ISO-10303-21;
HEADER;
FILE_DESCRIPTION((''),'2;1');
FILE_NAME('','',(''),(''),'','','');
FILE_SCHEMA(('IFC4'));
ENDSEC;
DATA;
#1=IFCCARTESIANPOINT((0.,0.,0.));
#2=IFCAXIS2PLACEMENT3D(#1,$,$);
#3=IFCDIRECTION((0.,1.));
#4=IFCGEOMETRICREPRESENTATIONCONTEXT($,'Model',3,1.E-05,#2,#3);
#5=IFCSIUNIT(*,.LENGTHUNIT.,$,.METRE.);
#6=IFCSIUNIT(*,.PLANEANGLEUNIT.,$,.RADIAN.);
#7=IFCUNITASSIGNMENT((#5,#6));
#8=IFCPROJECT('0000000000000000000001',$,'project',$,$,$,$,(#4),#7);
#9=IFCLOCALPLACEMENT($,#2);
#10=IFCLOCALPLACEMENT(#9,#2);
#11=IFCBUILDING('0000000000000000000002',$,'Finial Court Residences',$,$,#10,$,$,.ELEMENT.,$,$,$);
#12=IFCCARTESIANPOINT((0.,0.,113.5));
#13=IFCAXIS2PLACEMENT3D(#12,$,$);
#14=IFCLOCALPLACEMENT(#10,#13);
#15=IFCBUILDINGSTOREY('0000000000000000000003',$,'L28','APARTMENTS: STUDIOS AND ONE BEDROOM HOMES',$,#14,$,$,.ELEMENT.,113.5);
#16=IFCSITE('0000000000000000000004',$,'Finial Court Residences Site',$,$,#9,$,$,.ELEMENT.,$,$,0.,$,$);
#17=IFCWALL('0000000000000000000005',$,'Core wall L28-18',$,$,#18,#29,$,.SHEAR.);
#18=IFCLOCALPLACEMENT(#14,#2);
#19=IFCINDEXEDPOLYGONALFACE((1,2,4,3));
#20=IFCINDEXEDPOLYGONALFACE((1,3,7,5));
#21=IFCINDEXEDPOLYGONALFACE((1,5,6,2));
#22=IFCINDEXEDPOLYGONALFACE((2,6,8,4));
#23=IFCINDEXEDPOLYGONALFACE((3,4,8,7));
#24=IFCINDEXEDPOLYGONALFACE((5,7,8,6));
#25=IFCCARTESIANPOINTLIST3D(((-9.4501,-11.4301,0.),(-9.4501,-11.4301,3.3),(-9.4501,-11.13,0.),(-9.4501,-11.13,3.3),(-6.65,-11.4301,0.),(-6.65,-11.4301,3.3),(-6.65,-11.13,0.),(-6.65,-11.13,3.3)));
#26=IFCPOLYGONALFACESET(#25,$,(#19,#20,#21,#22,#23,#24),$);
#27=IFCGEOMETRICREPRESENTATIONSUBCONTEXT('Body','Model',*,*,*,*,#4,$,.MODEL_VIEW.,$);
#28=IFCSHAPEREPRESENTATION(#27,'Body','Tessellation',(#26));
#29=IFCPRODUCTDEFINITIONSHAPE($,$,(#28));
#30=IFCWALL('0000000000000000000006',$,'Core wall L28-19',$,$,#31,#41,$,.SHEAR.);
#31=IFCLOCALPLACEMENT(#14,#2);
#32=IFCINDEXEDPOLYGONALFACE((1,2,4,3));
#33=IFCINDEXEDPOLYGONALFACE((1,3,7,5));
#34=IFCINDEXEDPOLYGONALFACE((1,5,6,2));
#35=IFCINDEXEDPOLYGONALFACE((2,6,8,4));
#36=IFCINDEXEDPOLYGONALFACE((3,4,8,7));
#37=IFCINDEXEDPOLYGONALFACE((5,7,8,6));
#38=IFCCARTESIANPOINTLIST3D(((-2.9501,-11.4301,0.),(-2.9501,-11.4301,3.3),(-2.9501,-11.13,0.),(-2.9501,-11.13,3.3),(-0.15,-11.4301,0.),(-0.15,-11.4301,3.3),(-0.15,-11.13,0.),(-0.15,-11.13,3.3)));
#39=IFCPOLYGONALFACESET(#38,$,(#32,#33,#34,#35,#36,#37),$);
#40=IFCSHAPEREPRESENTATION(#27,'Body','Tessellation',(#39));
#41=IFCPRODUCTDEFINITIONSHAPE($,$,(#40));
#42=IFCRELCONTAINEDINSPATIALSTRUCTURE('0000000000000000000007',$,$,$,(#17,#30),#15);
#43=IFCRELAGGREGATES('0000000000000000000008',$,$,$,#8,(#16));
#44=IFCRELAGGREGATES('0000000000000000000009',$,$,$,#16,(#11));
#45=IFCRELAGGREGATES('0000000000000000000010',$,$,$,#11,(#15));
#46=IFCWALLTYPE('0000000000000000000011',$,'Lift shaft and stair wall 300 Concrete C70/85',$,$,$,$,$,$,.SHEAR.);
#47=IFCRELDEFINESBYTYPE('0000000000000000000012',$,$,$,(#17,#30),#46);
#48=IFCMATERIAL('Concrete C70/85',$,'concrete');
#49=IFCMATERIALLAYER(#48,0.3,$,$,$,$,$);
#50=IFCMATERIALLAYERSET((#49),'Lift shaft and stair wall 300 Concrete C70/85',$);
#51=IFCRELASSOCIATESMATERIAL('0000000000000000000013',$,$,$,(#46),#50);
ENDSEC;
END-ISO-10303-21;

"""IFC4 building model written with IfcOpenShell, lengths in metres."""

from ifc_helpers import new_model, si_unit, direction, frame, frame_2d, origin, place, context, subcontext, project, spatial, rectangle, extrude, material, layer, layer_set, type_object, element, save


model = new_model("IFC4")

# Units and contexts
model_context = context("Model", 3, precision=1e-05, world=origin(), true_north=direction((0.0, 1.0)))
body_context = subcontext(model_context, "Body", "Model", "MODEL_VIEW")
ifc_project = project(units=[si_unit("LENGTHUNIT", "METRE"), si_unit("PLANEANGLEUNIT", "RADIAN")], contexts=[model_context])

# Site, building, storey
site_placement = place(None, origin())
site = spatial("IfcSite", under=ifc_project, at=site_placement, Name="Finial Court Residences Site", CompositionType="ELEMENT", RefElevation=0.0)
building_placement = place(site_placement, origin())
building = spatial("IfcBuilding", under=site, at=building_placement, Name="Finial Court Residences", CompositionType="ELEMENT")
storey_placement = place(building_placement, frame((0.0, 0.0, 113.5)))
storey = spatial("IfcBuildingStorey", under=building, at=storey_placement, Name="L28", Description="APARTMENTS: STUDIOS AND ONE BEDROOM HOMES", CompositionType="ELEMENT", Elevation=113.5)

# Shared definitions
ifc_material_1 = material(Name="Concrete C70/85", Category="concrete")

# Walls
ifc_layer_1 = layer(ifc_material_1, 0.3)
ifc_layer_set_1 = layer_set([ifc_layer_1], Name="Lift shaft and stair wall 300 Concrete C70/85")
wall_type_1 = type_object("IfcWallType", Name="Lift shaft and stair wall 300 Concrete C70/85", PredefinedType="SHEAR", material=ifc_layer_set_1)
for number, where, z_axis, x_axis, name in (
    (1, (-9.45, -11.28, 0.0), (0.0, 0.0, 1.0), (1.0, 0.0, 0.0), "Core wall L28-18"),
    (2, (-2.95, -11.28, 0.0), (0.0, 0.0, 1.0), (1.0, 0.0, 0.0), "Core wall L28-19"),
):
    element("IfcWall", number, at=place(storey_placement, frame(where, z_axis=z_axis, x_axis=x_axis)), inside=storey, type_object=wall_type_1, Name=name, PredefinedType="SHEAR", context=body_context, shape_type="SweptSolid", body=[
        extrude(rectangle(XDim=2.8, YDim=0.3, at=frame_2d((1.3999, 0.0))), origin(), (0.0, 0.0, 1.0), 3.3),
    ])

save(model, "model.ifc")
